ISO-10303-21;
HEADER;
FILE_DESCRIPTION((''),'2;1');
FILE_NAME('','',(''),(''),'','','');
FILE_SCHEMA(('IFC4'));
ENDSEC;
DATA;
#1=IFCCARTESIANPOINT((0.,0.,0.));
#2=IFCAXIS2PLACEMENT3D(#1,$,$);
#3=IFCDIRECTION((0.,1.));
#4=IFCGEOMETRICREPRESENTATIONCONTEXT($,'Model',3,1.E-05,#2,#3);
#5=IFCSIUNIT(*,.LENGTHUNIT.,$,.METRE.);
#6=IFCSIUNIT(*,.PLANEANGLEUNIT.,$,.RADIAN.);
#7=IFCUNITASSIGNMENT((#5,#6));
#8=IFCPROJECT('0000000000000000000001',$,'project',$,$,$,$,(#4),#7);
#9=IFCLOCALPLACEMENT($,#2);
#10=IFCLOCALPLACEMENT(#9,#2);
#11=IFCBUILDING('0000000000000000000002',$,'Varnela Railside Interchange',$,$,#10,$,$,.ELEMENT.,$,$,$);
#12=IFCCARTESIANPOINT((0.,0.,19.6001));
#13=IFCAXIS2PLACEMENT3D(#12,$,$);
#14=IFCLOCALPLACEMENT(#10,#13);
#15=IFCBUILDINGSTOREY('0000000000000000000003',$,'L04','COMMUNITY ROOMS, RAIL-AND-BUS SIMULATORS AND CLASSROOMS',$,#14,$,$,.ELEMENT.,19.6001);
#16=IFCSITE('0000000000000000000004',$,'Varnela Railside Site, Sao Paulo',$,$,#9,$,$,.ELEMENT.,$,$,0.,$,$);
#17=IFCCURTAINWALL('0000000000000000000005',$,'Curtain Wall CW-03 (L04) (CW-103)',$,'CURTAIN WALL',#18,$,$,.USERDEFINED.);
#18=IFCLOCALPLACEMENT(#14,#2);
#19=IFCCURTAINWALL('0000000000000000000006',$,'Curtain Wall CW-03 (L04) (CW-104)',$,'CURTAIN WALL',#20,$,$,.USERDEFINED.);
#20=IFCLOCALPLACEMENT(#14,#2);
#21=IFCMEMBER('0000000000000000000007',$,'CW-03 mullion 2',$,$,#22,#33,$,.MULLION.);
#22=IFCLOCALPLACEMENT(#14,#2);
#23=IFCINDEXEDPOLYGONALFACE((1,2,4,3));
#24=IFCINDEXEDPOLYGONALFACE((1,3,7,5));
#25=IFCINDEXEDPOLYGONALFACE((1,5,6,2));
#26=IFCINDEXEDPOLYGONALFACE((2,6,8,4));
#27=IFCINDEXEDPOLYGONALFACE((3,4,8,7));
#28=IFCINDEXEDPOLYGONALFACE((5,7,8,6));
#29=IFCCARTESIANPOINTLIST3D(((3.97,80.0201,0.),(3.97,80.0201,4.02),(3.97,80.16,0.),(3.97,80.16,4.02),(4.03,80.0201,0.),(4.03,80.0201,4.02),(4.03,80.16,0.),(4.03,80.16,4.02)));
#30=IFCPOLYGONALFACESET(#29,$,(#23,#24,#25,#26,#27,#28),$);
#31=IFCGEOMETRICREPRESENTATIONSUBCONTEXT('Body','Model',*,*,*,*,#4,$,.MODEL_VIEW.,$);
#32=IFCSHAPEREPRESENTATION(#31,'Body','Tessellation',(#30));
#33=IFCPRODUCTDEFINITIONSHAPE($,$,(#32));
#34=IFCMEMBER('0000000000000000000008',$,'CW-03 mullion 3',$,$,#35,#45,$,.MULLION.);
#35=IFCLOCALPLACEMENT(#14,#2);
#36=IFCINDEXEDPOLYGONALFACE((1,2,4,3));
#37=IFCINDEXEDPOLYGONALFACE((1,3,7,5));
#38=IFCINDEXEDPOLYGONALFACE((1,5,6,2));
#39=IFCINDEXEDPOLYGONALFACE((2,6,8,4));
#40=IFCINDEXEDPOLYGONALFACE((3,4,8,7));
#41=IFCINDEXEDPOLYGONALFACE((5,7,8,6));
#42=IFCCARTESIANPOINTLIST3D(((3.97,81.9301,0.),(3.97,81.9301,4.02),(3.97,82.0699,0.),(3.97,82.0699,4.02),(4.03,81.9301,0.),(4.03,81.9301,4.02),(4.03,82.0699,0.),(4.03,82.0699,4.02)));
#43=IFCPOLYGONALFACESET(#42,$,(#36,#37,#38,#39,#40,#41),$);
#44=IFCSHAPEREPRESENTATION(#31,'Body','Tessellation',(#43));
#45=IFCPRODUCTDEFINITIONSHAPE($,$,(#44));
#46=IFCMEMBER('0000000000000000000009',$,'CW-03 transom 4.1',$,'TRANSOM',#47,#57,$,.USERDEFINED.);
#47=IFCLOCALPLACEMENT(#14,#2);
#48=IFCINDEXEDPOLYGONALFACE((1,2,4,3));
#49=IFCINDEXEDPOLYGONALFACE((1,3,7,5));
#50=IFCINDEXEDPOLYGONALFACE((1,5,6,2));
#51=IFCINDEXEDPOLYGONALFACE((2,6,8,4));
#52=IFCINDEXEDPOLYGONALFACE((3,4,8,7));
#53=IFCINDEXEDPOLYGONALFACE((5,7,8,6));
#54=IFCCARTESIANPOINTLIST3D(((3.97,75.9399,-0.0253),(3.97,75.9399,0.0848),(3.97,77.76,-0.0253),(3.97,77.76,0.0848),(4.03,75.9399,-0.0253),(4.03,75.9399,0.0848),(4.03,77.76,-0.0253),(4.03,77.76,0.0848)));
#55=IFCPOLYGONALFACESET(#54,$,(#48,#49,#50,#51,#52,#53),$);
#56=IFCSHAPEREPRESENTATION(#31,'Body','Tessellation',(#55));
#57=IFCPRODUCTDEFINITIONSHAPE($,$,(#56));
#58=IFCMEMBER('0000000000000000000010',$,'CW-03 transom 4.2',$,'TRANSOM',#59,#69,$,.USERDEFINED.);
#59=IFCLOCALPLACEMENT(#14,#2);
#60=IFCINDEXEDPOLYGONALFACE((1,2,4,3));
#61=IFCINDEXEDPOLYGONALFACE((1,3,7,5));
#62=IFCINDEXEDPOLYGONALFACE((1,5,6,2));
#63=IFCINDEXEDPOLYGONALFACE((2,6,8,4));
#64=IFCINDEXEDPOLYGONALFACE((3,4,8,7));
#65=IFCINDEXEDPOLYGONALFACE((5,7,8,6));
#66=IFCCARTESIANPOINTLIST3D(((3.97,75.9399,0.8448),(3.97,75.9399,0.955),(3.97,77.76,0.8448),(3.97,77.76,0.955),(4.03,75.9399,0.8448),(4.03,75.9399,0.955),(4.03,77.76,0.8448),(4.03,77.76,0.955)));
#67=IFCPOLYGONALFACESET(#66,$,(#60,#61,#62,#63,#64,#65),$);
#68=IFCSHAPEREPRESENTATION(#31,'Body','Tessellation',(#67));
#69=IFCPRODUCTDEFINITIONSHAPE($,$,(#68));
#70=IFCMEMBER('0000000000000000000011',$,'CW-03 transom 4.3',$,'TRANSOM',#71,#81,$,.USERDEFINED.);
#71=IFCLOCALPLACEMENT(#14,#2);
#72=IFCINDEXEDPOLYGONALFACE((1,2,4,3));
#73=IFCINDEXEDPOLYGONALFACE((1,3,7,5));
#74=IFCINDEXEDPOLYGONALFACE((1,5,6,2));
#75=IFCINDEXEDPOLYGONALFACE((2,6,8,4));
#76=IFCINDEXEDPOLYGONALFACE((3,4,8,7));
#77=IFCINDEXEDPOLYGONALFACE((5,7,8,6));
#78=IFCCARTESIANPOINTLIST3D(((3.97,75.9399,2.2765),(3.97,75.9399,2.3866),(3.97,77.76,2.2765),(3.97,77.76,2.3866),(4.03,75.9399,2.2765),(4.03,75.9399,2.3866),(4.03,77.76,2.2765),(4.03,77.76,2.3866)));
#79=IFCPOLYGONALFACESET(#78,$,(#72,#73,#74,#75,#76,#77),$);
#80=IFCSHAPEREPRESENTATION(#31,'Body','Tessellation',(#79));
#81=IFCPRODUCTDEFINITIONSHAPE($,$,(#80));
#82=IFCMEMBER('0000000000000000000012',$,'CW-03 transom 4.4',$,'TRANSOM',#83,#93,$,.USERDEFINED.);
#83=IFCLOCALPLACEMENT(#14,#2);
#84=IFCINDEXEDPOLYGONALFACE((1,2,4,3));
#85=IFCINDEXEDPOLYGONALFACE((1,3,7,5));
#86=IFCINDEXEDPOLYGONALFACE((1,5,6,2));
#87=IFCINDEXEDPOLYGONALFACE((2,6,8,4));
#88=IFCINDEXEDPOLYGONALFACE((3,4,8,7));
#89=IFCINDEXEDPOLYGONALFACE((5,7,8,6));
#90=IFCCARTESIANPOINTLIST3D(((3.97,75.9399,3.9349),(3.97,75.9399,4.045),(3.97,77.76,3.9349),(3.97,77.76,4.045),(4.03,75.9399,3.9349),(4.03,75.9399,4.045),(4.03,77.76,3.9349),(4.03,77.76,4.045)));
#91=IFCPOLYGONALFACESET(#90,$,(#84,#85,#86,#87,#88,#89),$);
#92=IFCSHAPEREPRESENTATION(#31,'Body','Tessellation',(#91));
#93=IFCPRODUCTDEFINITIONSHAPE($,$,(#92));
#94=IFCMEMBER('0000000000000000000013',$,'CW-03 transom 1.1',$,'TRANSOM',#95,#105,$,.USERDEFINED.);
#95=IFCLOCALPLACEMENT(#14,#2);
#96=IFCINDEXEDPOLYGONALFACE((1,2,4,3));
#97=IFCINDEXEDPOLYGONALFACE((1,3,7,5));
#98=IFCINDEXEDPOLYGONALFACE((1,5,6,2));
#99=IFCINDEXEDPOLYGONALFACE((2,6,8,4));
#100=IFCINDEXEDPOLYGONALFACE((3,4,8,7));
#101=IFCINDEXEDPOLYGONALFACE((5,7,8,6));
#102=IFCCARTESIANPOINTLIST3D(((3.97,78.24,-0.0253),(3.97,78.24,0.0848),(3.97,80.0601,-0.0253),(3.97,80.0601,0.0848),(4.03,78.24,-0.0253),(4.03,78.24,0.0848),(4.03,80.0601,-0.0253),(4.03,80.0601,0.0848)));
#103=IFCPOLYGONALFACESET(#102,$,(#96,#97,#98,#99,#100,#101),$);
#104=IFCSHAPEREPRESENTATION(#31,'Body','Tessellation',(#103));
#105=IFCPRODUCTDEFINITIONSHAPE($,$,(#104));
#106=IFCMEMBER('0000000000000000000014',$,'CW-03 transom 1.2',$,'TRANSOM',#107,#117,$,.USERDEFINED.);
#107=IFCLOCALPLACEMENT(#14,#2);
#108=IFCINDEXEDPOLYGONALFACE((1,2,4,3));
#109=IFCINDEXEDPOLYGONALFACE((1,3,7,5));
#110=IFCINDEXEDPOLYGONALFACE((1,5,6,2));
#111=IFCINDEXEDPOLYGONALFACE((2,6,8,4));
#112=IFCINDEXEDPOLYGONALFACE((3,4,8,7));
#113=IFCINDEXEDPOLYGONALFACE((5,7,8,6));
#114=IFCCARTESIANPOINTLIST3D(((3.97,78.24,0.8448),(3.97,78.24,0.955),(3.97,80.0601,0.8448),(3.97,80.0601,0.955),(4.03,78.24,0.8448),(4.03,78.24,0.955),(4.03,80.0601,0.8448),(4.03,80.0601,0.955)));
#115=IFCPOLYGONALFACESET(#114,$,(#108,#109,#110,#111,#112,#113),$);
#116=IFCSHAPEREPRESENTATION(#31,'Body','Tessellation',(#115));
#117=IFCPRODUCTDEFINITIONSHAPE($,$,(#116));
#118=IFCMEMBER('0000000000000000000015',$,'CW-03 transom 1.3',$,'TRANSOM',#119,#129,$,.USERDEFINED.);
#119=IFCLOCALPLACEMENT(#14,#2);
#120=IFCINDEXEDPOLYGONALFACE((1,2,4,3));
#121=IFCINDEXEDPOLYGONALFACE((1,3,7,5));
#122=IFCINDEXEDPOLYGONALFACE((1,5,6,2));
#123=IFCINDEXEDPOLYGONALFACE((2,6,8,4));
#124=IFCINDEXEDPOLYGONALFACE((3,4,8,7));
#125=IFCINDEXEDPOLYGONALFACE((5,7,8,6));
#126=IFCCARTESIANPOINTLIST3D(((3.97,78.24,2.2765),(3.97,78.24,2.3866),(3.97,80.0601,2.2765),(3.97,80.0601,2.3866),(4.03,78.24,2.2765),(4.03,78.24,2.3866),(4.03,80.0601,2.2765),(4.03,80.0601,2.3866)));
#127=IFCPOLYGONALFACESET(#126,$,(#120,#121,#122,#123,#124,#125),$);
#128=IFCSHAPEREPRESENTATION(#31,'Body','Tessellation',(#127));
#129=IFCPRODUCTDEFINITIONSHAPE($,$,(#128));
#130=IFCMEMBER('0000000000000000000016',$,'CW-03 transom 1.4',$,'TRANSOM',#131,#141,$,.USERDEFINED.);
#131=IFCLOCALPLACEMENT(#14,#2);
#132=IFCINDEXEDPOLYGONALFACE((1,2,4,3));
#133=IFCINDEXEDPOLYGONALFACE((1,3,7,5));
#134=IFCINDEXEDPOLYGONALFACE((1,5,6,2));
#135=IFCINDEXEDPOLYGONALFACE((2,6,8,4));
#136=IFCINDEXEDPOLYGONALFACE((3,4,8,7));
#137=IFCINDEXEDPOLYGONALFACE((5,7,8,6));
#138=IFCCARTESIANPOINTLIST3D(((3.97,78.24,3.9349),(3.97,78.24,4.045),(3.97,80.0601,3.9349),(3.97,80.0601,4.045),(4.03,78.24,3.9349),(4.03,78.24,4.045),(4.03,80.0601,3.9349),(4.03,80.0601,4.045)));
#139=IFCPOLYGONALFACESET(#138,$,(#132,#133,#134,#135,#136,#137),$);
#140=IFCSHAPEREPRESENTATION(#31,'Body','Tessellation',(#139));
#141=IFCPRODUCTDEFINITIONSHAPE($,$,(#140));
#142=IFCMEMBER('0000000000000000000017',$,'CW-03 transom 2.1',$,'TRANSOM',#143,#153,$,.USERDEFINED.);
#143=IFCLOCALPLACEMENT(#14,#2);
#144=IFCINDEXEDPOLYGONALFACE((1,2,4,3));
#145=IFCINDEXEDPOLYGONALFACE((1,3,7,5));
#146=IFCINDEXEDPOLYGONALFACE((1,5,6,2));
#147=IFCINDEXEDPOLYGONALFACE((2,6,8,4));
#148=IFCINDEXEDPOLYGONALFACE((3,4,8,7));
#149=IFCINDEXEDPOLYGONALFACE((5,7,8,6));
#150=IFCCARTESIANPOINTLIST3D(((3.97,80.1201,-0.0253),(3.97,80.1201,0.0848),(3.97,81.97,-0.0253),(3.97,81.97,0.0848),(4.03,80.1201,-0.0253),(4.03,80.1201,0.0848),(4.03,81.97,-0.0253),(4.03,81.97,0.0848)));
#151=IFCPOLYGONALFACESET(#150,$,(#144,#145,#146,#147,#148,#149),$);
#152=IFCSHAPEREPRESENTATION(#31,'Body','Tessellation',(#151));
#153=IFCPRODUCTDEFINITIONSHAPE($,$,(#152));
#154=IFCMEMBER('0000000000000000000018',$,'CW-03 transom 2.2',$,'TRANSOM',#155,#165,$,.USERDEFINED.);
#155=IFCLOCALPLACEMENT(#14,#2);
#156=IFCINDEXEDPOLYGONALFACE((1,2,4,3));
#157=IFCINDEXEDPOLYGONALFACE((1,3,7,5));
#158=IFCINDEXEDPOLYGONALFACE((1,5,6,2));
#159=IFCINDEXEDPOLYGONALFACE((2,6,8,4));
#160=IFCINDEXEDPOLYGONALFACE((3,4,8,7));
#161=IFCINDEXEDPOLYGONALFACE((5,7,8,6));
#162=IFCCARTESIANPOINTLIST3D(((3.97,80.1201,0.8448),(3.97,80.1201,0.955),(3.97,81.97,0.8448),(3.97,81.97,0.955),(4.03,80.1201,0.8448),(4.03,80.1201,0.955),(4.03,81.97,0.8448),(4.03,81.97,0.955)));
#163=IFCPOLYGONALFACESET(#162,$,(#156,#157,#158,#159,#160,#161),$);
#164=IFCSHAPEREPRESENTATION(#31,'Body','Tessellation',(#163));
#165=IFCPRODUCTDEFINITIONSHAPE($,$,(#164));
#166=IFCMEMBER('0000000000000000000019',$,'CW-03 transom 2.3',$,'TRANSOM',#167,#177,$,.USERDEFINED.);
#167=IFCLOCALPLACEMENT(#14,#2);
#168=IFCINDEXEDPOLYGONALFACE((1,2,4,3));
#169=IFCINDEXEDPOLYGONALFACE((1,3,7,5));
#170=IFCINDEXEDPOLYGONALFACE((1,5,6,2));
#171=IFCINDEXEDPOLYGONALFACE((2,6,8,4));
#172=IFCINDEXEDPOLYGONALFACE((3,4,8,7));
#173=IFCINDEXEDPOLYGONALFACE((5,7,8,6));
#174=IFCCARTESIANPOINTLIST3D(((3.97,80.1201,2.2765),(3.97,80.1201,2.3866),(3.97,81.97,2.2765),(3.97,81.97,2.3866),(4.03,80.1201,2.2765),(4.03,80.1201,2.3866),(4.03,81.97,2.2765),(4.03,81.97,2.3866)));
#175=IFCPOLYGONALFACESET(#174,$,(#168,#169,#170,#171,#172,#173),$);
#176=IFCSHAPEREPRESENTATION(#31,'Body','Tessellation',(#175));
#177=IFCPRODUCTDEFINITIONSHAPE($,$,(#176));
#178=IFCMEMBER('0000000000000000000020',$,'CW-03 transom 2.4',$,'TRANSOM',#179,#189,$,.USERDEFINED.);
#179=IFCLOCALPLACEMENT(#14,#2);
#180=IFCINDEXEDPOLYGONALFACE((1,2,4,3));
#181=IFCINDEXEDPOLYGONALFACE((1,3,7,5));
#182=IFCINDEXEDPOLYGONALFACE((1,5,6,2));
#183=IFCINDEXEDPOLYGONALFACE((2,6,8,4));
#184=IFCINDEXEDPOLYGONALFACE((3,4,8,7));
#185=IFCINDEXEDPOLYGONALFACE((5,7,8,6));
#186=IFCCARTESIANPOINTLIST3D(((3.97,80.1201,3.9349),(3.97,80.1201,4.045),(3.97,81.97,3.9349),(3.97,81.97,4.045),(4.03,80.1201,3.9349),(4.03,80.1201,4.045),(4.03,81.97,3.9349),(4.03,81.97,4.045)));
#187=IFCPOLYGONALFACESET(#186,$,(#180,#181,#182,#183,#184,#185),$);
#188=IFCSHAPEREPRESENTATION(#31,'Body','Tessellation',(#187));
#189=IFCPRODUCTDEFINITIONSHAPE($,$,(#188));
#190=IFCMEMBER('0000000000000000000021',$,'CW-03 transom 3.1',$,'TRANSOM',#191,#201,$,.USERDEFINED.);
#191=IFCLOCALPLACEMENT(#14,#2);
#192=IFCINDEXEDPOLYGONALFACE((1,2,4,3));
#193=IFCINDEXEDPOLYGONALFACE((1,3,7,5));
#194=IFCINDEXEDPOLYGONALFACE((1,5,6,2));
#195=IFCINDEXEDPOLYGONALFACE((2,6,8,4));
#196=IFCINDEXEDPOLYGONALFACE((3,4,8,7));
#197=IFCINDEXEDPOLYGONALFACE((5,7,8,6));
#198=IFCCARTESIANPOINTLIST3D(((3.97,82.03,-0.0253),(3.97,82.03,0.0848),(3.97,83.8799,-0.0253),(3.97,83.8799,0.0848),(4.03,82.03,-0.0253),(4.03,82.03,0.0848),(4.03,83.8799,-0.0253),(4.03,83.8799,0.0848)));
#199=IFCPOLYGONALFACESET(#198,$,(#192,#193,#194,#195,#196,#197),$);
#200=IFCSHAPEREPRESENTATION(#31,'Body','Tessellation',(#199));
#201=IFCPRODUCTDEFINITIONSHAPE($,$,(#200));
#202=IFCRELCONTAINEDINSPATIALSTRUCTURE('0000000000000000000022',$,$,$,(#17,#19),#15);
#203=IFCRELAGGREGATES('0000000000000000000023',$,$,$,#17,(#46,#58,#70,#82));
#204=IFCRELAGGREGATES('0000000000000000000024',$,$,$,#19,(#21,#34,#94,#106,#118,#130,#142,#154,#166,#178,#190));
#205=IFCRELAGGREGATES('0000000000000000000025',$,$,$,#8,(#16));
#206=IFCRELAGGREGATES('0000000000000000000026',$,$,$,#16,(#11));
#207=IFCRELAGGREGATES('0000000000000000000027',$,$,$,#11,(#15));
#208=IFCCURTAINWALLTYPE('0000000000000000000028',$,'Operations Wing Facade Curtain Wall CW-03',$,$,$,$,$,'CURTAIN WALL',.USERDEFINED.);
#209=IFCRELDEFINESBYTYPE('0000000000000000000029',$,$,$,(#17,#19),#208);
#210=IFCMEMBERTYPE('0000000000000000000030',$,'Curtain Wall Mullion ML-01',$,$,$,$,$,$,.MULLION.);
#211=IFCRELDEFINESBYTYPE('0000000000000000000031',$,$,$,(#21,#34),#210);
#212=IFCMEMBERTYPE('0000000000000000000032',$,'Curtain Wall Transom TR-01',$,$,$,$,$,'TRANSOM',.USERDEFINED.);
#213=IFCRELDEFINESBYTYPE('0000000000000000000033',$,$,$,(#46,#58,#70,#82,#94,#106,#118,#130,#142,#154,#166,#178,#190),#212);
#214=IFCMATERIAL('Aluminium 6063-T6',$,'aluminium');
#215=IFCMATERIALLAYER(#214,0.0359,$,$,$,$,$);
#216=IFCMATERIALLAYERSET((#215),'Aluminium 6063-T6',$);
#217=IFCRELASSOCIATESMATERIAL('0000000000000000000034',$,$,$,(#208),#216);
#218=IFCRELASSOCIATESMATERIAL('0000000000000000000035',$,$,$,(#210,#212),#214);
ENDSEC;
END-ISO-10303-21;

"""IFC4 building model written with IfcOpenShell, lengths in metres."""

from ifc_helpers import new_model, si_unit, direction, frame, origin, origin_2d, place, context, subcontext, project, spatial, rectangle, extrude, material, layer, layer_set, material_profile, profile_set, type_object, element, aggregate, save


model = new_model("IFC4")

# Units and contexts
model_context = context("Model", 3, precision=1e-05, world=origin(), true_north=direction((0.0, 1.0)))
body_context = subcontext(model_context, "Body", "Model", "MODEL_VIEW")
ifc_project = project(units=[si_unit("LENGTHUNIT", "METRE"), si_unit("PLANEANGLEUNIT", "RADIAN")], contexts=[model_context])

# Site, building, storey
site_placement = place(None, origin())
site = spatial("IfcSite", under=ifc_project, at=site_placement, Name="Varnela Railside Site, Sao Paulo", CompositionType="ELEMENT", RefElevation=0.0)
building_placement = place(site_placement, origin())
building = spatial("IfcBuilding", under=site, at=building_placement, Name="Varnela Railside Interchange", CompositionType="ELEMENT")
storey_placement = place(building_placement, frame((0.0, 0.0, 19.6001)))
storey = spatial("IfcBuildingStorey", under=building, at=storey_placement, Name="L04", Description="COMMUNITY ROOMS, RAIL-AND-BUS SIMULATORS AND CLASSROOMS", CompositionType="ELEMENT", Elevation=19.6001)

# Curtain wall
ifc_material_1 = material(Name="Aluminium 6063-T6", Category="aluminium")
ifc_layer_1 = layer(ifc_material_1, 0.0359)
ifc_layer_set_1 = layer_set([ifc_layer_1], Name="Aluminium 6063-T6")
curtain_wall_type = type_object("IfcCurtainWallType", Name="Operations Wing Facade Curtain Wall CW-03", ElementType="CURTAIN WALL", PredefinedType="USERDEFINED", material=ifc_layer_set_1)
curtain_wall_1_placement = place(storey_placement, origin())
curtain_wall_1 = element("IfcCurtainWall", 1, at=curtain_wall_1_placement, inside=storey, type_object=curtain_wall_type, Name="Curtain Wall CW-03 (L04) (CW-103)", ObjectType="CURTAIN WALL", PredefinedType="USERDEFINED")
ifc_material_profile_1 = material_profile(ifc_material_1, rectangle(XDim=0.0601, YDim=0.1399, at=origin_2d()), Name="ALU 60x140")
ifc_profile_set_1 = profile_set([ifc_material_profile_1], Name="Aluminium 6063-T6")
member_type_1 = type_object("IfcMemberType", Name="Curtain Wall Mullion ML-01", PredefinedType="MULLION", material=ifc_profile_set_1)

# Curtain wall, members
curtain_wall_2_placement = place(storey_placement, origin())
curtain_wall_2 = element("IfcCurtainWall", 2, at=curtain_wall_2_placement, inside=storey, type_object=curtain_wall_type, Name="Curtain Wall CW-03 (L04) (CW-104)", ObjectType="CURTAIN WALL", PredefinedType="USERDEFINED")
member_1_placement = place(storey_placement, frame((4.0, 80.0901, 0.0), z_axis=(0.0, 0.0, 1.0), x_axis=(-1.0, 0.0, 0.0)))
member_1 = element("IfcMember", 3, at=member_1_placement, type_object=member_type_1, Name="CW-03 mullion 2", PredefinedType="MULLION", context=body_context, shape_type="SweptSolid", body=[
    extrude(rectangle(XDim=0.0601, YDim=0.1399, at=origin_2d()), origin(), (0.0, 0.0, 1.0), 4.02),
])
member_2_placement = place(storey_placement, frame((4.0, 82.0, 0.0), z_axis=(0.0, 0.0, 1.0), x_axis=(-1.0, 0.0, 0.0)))
member_2 = element("IfcMember", 4, at=member_2_placement, type_object=member_type_1, Name="CW-03 mullion 3", PredefinedType="MULLION", context=body_context, shape_type="SweptSolid", body=[
    extrude(rectangle(XDim=0.0601, YDim=0.1399, at=origin_2d()), origin(), (0.0, 0.0, 1.0), 4.02),
])

# Members
ifc_material_profile_2 = material_profile(ifc_material_1, rectangle(XDim=0.0601, YDim=0.1101, at=origin_2d()), Name="ALU 60x110")
ifc_profile_set_2 = profile_set([ifc_material_profile_2], Name="Aluminium 6063-T6")
member_type_2 = type_object("IfcMemberType", Name="Curtain Wall Transom TR-01", ElementType="TRANSOM", PredefinedType="USERDEFINED", material=ifc_profile_set_2)
member_3_placement = place(storey_placement, frame((4.0, 75.9399, 0.0298), z_axis=(0.0, 1.0, 0.0), x_axis=(-1.0, 0.0, 0.0)))
member_3 = element("IfcMember", 5, at=member_3_placement, type_object=member_type_2, Name="CW-03 transom 4.1", ObjectType="TRANSOM", PredefinedType="USERDEFINED", context=body_context, shape_type="SweptSolid", body=[
    extrude(rectangle(XDim=0.0601, YDim=0.1101, at=origin_2d()), origin(), (0.0, 0.0, 1.0), 1.8201),
])
member_4_placement = place(storey_placement, frame((4.0, 75.9399, 0.8999), z_axis=(0.0, 1.0, 0.0), x_axis=(-1.0, 0.0, 0.0)))
member_4 = element("IfcMember", 6, at=member_4_placement, type_object=member_type_2, Name="CW-03 transom 4.2", ObjectType="TRANSOM", PredefinedType="USERDEFINED", context=body_context, shape_type="SweptSolid", body=[
    extrude(rectangle(XDim=0.0601, YDim=0.1101, at=origin_2d()), origin(), (0.0, 0.0, 1.0), 1.8201),
])
member_5_placement = place(storey_placement, frame((4.0, 75.9399, 2.3315), z_axis=(0.0, 1.0, 0.0), x_axis=(-1.0, 0.0, 0.0)))
member_5 = element("IfcMember", 7, at=member_5_placement, type_object=member_type_2, Name="CW-03 transom 4.3", ObjectType="TRANSOM", PredefinedType="USERDEFINED", context=body_context, shape_type="SweptSolid", body=[
    extrude(rectangle(XDim=0.0601, YDim=0.1101, at=origin_2d()), origin(), (0.0, 0.0, 1.0), 1.8201),
])
member_6_placement = place(storey_placement, frame((4.0, 75.9399, 3.99), z_axis=(0.0, 1.0, 0.0), x_axis=(-1.0, 0.0, 0.0)))
member_6 = element("IfcMember", 8, at=member_6_placement, type_object=member_type_2, Name="CW-03 transom 4.4", ObjectType="TRANSOM", PredefinedType="USERDEFINED", context=body_context, shape_type="SweptSolid", body=[
    extrude(rectangle(XDim=0.0601, YDim=0.1101, at=origin_2d()), origin(), (0.0, 0.0, 1.0), 1.8201),
])
member_7_placement = place(storey_placement, frame((4.0, 78.24, 0.0298), z_axis=(0.0, 1.0, 0.0), x_axis=(-1.0, 0.0, 0.0)))
member_7 = element("IfcMember", 9, at=member_7_placement, type_object=member_type_2, Name="CW-03 transom 1.1", ObjectType="TRANSOM", PredefinedType="USERDEFINED", context=body_context, shape_type="SweptSolid", body=[
    extrude(rectangle(XDim=0.0601, YDim=0.1101, at=origin_2d()), origin(), (0.0, 0.0, 1.0), 1.8201),
])
member_8_placement = place(storey_placement, frame((4.0, 78.24, 0.8999), z_axis=(0.0, 1.0, 0.0), x_axis=(-1.0, 0.0, 0.0)))
member_8 = element("IfcMember", 10, at=member_8_placement, type_object=member_type_2, Name="CW-03 transom 1.2", ObjectType="TRANSOM", PredefinedType="USERDEFINED", context=body_context, shape_type="SweptSolid", body=[
    extrude(rectangle(XDim=0.0601, YDim=0.1101, at=origin_2d()), origin(), (0.0, 0.0, 1.0), 1.8201),
])
member_9_placement = place(storey_placement, frame((4.0, 78.24, 2.3315), z_axis=(0.0, 1.0, 0.0), x_axis=(-1.0, 0.0, 0.0)))
member_9 = element("IfcMember", 11, at=member_9_placement, type_object=member_type_2, Name="CW-03 transom 1.3", ObjectType="TRANSOM", PredefinedType="USERDEFINED", context=body_context, shape_type="SweptSolid", body=[
    extrude(rectangle(XDim=0.0601, YDim=0.1101, at=origin_2d()), origin(), (0.0, 0.0, 1.0), 1.8201),
])
member_10_placement = place(storey_placement, frame((4.0, 78.24, 3.99), z_axis=(0.0, 1.0, 0.0), x_axis=(-1.0, 0.0, 0.0)))
member_10 = element("IfcMember", 12, at=member_10_placement, type_object=member_type_2, Name="CW-03 transom 1.4", ObjectType="TRANSOM", PredefinedType="USERDEFINED", context=body_context, shape_type="SweptSolid", body=[
    extrude(rectangle(XDim=0.0601, YDim=0.1101, at=origin_2d()), origin(), (0.0, 0.0, 1.0), 1.8201),
])
member_11_placement = place(storey_placement, frame((4.0, 80.1201, 0.0298), z_axis=(0.0, 1.0, 0.0), x_axis=(-1.0, 0.0, 0.0)))
member_11 = element("IfcMember", 13, at=member_11_placement, type_object=member_type_2, Name="CW-03 transom 2.1", ObjectType="TRANSOM", PredefinedType="USERDEFINED", context=body_context, shape_type="SweptSolid", body=[
    extrude(rectangle(XDim=0.0601, YDim=0.1101, at=origin_2d()), origin(), (0.0, 0.0, 1.0), 1.8499),
])
member_12_placement = place(storey_placement, frame((4.0, 80.1201, 0.8999), z_axis=(0.0, 1.0, 0.0), x_axis=(-1.0, 0.0, 0.0)))
member_12 = element("IfcMember", 14, at=member_12_placement, type_object=member_type_2, Name="CW-03 transom 2.2", ObjectType="TRANSOM", PredefinedType="USERDEFINED", context=body_context, shape_type="SweptSolid", body=[
    extrude(rectangle(XDim=0.0601, YDim=0.1101, at=origin_2d()), origin(), (0.0, 0.0, 1.0), 1.8499),
])
member_13_placement = place(storey_placement, frame((4.0, 80.1201, 2.3315), z_axis=(0.0, 1.0, 0.0), x_axis=(-1.0, 0.0, 0.0)))
member_13 = element("IfcMember", 15, at=member_13_placement, type_object=member_type_2, Name="CW-03 transom 2.3", ObjectType="TRANSOM", PredefinedType="USERDEFINED", context=body_context, shape_type="SweptSolid", body=[
    extrude(rectangle(XDim=0.0601, YDim=0.1101, at=origin_2d()), origin(), (0.0, 0.0, 1.0), 1.8499),
])
member_14_placement = place(storey_placement, frame((4.0, 80.1201, 3.99), z_axis=(0.0, 1.0, 0.0), x_axis=(-1.0, 0.0, 0.0)))
member_14 = element("IfcMember", 16, at=member_14_placement, type_object=member_type_2, Name="CW-03 transom 2.4", ObjectType="TRANSOM", PredefinedType="USERDEFINED", context=body_context, shape_type="SweptSolid", body=[
    extrude(rectangle(XDim=0.0601, YDim=0.1101, at=origin_2d()), origin(), (0.0, 0.0, 1.0), 1.8499),
])
member_15_placement = place(storey_placement, frame((4.0, 82.03, 0.0298), z_axis=(0.0, 1.0, 0.0), x_axis=(-1.0, 0.0, 0.0)))
member_15 = element("IfcMember", 17, at=member_15_placement, type_object=member_type_2, Name="CW-03 transom 3.1", ObjectType="TRANSOM", PredefinedType="USERDEFINED", context=body_context, shape_type="SweptSolid", body=[
    extrude(rectangle(XDim=0.0601, YDim=0.1101, at=origin_2d()), origin(), (0.0, 0.0, 1.0), 1.8499),
])

aggregate(curtain_wall_1, [member_3, member_4, member_5, member_6])
aggregate(curtain_wall_2, [member_1, member_2, member_7, member_8, member_9, member_10, member_11, member_12, member_13, member_14, member_15])

save(model, "model.ifc")
